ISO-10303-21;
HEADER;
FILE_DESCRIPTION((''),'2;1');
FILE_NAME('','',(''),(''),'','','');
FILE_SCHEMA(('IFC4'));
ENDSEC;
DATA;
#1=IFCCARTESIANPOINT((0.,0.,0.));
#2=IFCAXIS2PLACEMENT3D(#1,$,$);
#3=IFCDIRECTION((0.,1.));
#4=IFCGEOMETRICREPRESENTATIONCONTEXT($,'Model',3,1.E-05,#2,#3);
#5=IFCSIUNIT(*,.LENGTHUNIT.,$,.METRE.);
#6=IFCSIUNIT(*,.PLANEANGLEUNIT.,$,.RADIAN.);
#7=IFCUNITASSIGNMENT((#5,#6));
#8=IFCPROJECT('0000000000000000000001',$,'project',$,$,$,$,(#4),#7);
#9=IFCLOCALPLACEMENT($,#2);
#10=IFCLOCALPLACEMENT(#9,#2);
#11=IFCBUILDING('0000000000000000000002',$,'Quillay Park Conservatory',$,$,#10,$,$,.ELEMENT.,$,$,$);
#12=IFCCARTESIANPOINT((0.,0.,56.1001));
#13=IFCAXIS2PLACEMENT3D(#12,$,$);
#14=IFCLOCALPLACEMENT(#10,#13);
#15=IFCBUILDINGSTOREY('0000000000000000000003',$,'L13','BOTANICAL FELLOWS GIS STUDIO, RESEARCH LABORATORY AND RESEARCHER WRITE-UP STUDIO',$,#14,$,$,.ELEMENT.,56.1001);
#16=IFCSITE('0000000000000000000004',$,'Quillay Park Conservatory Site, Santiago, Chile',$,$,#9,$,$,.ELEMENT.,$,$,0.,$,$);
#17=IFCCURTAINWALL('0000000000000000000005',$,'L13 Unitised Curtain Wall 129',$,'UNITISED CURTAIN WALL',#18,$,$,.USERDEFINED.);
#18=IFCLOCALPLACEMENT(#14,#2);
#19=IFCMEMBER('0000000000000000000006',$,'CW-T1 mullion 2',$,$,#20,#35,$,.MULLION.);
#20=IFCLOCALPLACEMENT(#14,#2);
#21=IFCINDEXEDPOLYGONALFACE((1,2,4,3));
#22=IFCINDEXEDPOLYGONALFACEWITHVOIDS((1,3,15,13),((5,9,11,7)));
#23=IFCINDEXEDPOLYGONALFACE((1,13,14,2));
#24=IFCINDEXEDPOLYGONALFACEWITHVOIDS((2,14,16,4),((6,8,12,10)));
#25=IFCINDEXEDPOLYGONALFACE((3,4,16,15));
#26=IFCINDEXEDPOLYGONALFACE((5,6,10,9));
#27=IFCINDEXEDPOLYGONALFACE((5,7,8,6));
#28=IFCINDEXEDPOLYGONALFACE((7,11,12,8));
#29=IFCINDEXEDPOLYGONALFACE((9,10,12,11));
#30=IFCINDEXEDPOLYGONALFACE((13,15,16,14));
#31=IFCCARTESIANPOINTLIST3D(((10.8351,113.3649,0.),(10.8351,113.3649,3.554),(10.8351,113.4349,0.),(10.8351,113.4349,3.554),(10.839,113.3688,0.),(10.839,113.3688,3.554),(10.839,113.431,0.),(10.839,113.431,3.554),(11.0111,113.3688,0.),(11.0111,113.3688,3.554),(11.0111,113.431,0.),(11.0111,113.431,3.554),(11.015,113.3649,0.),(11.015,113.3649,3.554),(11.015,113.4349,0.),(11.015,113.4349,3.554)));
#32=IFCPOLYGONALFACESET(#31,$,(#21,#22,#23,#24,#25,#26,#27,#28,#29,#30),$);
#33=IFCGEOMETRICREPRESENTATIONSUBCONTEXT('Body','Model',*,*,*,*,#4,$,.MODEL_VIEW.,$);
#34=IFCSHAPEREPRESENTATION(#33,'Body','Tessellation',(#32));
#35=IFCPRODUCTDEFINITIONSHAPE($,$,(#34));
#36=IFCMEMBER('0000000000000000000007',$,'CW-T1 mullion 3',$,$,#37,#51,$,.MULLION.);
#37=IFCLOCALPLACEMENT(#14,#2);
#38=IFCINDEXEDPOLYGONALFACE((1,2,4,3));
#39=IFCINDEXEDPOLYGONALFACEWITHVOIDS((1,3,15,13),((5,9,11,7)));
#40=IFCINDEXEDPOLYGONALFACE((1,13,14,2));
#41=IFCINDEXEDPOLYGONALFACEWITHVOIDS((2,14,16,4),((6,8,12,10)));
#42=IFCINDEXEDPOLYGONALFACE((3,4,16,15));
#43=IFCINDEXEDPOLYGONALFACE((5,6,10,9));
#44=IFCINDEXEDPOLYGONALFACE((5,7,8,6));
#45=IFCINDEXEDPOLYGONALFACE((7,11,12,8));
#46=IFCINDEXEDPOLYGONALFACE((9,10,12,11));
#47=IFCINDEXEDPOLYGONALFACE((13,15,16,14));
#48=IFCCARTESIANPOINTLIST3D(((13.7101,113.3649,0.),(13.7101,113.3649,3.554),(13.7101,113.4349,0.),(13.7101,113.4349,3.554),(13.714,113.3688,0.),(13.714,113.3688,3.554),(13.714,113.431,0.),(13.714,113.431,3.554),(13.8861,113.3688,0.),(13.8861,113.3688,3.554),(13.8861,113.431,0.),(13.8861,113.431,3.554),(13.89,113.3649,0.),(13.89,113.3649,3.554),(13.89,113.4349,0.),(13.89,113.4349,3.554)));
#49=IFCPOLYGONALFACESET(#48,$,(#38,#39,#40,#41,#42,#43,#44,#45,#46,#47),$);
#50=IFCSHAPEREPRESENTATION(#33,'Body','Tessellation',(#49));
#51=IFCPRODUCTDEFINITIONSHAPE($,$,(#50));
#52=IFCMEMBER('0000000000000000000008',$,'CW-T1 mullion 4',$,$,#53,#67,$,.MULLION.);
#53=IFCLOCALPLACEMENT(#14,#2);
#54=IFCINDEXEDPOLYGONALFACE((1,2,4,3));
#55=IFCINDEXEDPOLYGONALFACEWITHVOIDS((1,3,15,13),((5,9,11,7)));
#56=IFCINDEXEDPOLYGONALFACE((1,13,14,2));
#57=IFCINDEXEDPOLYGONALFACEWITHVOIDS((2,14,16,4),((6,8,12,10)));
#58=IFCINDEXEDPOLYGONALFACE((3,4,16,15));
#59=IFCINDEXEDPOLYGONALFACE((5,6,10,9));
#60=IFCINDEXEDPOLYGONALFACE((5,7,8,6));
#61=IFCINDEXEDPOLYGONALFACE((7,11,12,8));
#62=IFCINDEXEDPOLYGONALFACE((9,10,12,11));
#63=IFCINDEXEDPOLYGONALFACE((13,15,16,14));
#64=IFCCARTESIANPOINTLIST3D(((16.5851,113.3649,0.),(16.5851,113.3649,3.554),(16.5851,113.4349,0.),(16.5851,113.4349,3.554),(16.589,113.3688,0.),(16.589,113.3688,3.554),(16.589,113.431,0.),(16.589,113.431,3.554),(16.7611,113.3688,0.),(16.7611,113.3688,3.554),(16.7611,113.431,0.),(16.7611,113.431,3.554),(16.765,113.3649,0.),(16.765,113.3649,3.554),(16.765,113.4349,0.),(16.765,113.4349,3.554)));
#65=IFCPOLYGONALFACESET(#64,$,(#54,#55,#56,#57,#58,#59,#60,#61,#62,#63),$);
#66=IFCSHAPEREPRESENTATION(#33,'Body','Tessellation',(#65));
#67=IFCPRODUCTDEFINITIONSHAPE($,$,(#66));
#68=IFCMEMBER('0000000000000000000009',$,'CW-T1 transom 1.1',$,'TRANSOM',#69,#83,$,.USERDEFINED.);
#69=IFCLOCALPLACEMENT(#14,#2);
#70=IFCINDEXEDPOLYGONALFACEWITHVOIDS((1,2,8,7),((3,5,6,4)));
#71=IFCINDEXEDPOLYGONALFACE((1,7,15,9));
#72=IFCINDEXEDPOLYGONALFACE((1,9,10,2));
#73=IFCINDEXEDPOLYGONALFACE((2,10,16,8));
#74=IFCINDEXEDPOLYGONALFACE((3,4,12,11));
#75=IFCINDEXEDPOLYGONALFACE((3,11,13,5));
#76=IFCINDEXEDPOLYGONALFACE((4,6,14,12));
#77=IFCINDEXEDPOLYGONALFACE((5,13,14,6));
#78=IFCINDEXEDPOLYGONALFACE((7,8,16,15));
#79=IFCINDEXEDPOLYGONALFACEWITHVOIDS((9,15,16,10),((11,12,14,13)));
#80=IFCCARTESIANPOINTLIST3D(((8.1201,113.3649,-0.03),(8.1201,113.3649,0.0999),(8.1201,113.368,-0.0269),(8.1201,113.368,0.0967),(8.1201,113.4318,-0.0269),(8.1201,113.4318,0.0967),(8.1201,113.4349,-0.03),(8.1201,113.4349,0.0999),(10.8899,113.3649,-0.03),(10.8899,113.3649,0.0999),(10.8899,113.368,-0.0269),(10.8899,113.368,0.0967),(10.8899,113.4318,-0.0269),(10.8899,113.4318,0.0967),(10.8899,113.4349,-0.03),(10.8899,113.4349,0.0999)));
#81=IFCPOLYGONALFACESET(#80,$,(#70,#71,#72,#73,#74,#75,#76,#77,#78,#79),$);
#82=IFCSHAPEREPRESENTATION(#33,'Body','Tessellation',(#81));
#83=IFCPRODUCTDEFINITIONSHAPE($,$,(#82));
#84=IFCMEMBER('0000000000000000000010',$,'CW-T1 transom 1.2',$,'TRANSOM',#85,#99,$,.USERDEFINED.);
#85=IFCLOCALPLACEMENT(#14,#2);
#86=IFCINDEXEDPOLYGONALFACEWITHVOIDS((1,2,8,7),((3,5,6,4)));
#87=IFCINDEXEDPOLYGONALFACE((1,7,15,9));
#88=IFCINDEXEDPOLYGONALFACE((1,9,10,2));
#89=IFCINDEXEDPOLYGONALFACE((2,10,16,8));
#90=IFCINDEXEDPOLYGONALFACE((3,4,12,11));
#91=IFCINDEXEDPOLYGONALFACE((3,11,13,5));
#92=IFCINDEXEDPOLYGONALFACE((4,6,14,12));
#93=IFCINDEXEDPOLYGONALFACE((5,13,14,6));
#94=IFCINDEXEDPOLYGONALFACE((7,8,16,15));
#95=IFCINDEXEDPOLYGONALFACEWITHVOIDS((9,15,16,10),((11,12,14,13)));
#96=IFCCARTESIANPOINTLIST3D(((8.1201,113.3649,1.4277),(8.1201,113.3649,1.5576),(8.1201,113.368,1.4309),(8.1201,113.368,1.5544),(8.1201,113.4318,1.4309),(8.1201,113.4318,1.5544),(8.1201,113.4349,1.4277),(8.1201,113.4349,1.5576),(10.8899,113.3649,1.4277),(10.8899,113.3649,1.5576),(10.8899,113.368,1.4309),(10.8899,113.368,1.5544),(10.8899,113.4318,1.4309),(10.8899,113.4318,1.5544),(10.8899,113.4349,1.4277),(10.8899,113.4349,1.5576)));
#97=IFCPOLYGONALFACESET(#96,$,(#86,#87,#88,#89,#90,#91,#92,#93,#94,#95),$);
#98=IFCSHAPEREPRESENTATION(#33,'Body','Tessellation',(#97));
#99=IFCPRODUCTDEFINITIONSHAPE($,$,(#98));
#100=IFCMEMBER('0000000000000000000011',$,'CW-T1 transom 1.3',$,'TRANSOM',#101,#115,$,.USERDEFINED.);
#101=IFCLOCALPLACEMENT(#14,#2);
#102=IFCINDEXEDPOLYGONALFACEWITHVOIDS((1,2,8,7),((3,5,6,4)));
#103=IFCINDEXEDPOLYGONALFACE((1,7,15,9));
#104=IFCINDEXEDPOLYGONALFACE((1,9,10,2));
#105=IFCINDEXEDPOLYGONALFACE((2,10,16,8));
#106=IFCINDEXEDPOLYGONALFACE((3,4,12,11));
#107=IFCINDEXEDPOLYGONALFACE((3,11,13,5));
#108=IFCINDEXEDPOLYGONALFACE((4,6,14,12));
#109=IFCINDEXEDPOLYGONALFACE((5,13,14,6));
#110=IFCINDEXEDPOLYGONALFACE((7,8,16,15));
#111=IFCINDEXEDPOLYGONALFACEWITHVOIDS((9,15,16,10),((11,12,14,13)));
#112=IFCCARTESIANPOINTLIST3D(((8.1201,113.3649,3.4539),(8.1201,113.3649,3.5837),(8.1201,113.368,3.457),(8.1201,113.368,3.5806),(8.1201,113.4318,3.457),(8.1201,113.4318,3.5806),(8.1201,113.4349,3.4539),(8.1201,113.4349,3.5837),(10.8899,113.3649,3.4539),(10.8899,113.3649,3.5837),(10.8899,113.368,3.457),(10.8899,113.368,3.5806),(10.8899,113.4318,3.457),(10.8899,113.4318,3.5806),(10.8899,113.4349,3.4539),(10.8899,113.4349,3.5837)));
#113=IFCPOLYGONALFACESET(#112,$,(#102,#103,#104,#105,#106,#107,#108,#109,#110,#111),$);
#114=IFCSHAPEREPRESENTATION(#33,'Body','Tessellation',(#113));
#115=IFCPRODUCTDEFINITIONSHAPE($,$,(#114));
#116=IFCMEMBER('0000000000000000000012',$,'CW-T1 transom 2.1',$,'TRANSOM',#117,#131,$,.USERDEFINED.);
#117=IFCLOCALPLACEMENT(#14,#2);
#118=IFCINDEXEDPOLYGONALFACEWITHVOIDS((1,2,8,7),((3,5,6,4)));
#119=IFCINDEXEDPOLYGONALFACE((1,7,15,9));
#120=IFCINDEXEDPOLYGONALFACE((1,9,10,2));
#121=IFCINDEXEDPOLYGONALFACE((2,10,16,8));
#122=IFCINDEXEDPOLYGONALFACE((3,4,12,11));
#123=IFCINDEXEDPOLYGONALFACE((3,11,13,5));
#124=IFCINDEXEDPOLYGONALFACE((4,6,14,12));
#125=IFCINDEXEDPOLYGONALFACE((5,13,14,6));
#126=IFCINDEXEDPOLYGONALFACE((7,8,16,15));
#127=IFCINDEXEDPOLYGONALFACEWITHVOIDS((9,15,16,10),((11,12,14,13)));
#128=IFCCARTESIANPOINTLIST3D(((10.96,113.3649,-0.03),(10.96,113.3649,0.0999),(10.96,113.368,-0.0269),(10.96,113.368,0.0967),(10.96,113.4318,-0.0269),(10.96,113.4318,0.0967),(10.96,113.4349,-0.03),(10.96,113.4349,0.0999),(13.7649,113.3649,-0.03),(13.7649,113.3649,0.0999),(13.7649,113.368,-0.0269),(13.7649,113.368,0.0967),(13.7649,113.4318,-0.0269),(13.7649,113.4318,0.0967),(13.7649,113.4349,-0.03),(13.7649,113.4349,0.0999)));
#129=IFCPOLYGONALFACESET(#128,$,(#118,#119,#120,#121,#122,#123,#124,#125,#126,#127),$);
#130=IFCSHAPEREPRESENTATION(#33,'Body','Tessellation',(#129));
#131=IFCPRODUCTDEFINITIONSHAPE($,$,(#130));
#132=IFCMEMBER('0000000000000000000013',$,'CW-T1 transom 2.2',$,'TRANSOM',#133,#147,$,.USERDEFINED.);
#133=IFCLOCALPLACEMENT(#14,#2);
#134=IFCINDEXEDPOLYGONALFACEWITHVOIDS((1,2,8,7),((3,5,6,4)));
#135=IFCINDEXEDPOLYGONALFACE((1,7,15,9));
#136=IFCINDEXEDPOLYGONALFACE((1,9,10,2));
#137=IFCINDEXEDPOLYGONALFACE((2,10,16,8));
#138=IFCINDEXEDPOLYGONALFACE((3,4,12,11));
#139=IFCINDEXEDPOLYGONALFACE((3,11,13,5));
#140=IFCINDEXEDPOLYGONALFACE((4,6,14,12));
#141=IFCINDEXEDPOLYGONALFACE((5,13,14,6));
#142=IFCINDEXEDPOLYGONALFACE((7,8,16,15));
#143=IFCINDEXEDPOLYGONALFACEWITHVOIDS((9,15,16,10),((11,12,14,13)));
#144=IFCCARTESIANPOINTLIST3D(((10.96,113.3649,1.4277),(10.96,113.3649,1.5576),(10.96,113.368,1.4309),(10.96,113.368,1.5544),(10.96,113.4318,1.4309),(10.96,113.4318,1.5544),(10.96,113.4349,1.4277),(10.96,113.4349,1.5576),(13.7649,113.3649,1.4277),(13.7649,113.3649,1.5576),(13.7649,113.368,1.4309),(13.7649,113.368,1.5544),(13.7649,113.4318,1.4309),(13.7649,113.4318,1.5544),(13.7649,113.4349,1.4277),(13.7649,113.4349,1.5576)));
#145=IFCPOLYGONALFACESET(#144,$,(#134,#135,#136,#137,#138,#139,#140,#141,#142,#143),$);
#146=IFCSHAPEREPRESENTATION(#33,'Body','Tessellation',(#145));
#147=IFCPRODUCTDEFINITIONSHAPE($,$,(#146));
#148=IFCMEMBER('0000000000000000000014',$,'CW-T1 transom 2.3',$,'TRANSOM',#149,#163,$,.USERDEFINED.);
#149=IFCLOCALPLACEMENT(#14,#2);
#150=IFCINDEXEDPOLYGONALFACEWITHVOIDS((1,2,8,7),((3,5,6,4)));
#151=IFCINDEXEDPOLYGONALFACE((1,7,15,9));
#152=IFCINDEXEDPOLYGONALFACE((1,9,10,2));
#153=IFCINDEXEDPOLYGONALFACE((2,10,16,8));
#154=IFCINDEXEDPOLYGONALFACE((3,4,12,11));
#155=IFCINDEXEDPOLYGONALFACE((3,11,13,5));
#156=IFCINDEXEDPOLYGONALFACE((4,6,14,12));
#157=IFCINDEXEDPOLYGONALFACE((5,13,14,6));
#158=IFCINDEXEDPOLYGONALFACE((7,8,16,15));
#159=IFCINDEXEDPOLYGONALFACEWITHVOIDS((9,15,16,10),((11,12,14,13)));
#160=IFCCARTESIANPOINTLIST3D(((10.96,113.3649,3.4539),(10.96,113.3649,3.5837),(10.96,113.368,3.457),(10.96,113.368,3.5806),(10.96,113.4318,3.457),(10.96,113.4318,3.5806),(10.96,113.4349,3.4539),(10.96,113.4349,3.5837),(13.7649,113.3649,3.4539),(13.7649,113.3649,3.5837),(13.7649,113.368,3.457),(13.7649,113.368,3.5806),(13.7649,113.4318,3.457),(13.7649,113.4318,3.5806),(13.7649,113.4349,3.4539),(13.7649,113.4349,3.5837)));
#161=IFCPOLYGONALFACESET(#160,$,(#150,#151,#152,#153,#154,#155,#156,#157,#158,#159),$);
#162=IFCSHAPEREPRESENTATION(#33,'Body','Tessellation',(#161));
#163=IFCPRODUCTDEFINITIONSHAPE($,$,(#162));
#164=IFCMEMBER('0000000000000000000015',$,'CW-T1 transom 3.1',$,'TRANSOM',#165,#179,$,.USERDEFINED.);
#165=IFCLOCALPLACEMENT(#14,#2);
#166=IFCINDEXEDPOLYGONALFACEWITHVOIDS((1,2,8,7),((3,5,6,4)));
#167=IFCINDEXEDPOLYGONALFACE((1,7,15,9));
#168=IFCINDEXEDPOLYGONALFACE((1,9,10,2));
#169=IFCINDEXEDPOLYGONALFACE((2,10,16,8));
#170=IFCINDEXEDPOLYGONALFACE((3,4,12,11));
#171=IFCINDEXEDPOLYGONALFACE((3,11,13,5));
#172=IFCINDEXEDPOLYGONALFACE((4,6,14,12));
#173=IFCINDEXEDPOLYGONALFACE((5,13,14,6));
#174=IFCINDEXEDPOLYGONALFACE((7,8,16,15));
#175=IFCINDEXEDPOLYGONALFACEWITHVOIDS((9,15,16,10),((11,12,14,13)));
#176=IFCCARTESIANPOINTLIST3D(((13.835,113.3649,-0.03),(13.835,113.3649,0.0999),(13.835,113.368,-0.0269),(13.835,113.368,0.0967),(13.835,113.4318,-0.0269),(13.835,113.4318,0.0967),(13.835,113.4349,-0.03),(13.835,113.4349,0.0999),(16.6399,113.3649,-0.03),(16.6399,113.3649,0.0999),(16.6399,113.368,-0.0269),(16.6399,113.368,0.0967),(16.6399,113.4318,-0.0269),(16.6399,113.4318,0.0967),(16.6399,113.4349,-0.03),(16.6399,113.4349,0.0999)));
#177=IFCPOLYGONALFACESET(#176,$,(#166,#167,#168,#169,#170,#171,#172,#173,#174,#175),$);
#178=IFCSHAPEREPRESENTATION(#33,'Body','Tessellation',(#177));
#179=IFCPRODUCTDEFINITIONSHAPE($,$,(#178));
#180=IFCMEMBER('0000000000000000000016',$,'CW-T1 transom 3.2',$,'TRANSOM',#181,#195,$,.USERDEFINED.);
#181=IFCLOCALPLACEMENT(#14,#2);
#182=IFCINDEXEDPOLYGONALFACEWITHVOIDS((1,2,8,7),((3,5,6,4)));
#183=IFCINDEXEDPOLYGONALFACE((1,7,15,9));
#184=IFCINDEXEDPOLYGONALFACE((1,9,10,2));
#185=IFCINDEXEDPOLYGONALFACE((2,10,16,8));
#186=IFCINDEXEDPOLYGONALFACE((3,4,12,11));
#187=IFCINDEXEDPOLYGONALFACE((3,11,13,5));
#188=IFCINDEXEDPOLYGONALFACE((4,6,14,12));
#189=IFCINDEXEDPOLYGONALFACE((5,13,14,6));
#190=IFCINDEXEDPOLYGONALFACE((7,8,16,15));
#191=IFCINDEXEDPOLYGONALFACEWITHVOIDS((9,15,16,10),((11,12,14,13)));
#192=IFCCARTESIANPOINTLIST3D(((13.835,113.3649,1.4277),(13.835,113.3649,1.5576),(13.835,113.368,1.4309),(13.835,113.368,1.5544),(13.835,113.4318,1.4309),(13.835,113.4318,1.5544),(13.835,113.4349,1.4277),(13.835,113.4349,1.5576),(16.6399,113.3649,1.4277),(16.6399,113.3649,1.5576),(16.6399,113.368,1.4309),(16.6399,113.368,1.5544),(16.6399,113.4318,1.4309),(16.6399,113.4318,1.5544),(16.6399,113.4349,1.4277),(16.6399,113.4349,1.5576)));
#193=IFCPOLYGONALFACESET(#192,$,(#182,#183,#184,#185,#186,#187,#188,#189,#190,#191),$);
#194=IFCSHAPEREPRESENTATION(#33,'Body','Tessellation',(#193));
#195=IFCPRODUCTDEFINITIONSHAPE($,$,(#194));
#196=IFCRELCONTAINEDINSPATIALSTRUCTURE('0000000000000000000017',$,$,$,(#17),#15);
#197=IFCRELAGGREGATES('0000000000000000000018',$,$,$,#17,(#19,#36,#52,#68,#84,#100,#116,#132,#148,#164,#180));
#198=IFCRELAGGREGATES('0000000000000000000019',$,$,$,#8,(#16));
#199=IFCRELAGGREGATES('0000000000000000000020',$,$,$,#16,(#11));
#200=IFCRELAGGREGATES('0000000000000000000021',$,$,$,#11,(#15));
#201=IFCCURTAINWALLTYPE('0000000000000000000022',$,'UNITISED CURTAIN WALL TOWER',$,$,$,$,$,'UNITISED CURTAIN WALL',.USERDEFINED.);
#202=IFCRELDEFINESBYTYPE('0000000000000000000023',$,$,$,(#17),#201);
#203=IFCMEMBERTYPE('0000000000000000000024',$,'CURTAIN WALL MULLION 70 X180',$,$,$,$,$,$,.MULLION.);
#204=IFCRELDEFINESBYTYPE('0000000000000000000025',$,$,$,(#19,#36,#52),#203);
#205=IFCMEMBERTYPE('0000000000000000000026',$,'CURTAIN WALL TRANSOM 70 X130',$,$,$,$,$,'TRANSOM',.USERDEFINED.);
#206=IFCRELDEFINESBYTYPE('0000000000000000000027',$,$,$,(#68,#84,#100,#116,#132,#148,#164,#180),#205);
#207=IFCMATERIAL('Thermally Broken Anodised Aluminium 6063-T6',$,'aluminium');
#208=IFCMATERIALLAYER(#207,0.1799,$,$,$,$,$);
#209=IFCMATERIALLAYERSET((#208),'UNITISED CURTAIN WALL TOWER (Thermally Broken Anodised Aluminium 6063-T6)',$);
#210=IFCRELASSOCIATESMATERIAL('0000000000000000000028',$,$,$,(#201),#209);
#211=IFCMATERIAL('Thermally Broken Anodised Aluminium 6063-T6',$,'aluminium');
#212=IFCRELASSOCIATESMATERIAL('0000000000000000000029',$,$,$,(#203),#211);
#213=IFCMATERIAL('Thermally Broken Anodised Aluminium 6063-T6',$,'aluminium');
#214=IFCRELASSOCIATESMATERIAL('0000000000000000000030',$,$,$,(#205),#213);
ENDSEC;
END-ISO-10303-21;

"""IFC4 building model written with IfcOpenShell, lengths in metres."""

from ifc_helpers import new_model, si_unit, direction, frame, origin, origin_2d, place, context, subcontext, project, spatial, hollow_rectangle, extrude, material, layer, layer_set, material_profile, profile_set, type_object, element, aggregate, save


model = new_model("IFC4")

# Units and contexts
model_context = context("Model", 3, precision=1e-05, world=origin(), true_north=direction((0.0, 1.0)))
body_context = subcontext(model_context, "Body", "Model", "MODEL_VIEW")
ifc_project = project(units=[si_unit("LENGTHUNIT", "METRE"), si_unit("PLANEANGLEUNIT", "RADIAN")], contexts=[model_context])

# Site, building, storey
site_placement = place(None, origin())
site = spatial("IfcSite", under=ifc_project, at=site_placement, Name="Quillay Park Conservatory Site, Santiago, Chile", CompositionType="ELEMENT", RefElevation=0.0)
building_placement = place(site_placement, origin())
building = spatial("IfcBuilding", under=site, at=building_placement, Name="Quillay Park Conservatory", CompositionType="ELEMENT")
storey_placement = place(building_placement, frame((0.0, 0.0, 56.1001)))
storey = spatial("IfcBuildingStorey", under=building, at=storey_placement, Name="L13", Description="BOTANICAL FELLOWS GIS STUDIO, RESEARCH LABORATORY AND RESEARCHER WRITE-UP STUDIO", CompositionType="ELEMENT", Elevation=56.1001)

# Curtain wall, members
ifc_material_1 = material(Name="Thermally Broken Anodised Aluminium 6063-T6", Category="aluminium")
ifc_layer_1 = layer(ifc_material_1, 0.1799)
ifc_layer_set_1 = layer_set([ifc_layer_1], Name="UNITISED CURTAIN WALL TOWER (Thermally Broken Anodised Aluminium 6063-T6)")
curtain_wall_type = type_object("IfcCurtainWallType", Name="UNITISED CURTAIN WALL TOWER", ElementType="UNITISED CURTAIN WALL", PredefinedType="USERDEFINED", material=ifc_layer_set_1)
curtain_wall_placement = place(storey_placement, origin())
curtain_wall = element("IfcCurtainWall", 1, at=curtain_wall_placement, inside=storey, type_object=curtain_wall_type, Name="L13 Unitised Curtain Wall 129", ObjectType="UNITISED CURTAIN WALL", PredefinedType="USERDEFINED")
ifc_material_2 = material(Name="Thermally Broken Anodised Aluminium 6063-T6", Category="aluminium")
ifc_material_profile_1 = material_profile(ifc_material_2, hollow_rectangle(XDim=0.0701, YDim=0.1799, WallThickness=0.0039, at=origin_2d()), Name="AL70x180x4")
ifc_profile_set_1 = profile_set([ifc_material_profile_1], Name="Thermally Broken Anodised Aluminium 6063-T6")
member_type_1 = type_object("IfcMemberType", Name="CURTAIN WALL MULLION 70 X180", PredefinedType="MULLION", material=ifc_profile_set_1)
member_1_placement = place(storey_placement, frame((10.925, 113.3999, 0.0), z_axis=(0.0, 0.0, 1.0), x_axis=(0.0, 1.0, 0.0)))
member_1 = element("IfcMember", 2, at=member_1_placement, type_object=member_type_1, Name="CW-T1 mullion 2", PredefinedType="MULLION", context=body_context, shape_type="SweptSolid", body=[
    extrude(hollow_rectangle(XDim=0.0701, YDim=0.1799, WallThickness=0.0039, at=origin_2d()), origin(), (0.0, 0.0, 1.0), 3.554),
])
member_2_placement = place(storey_placement, frame((13.8, 113.3999, 0.0), z_axis=(0.0, 0.0, 1.0), x_axis=(0.0, 1.0, 0.0)))
member_2 = element("IfcMember", 3, at=member_2_placement, type_object=member_type_1, Name="CW-T1 mullion 3", PredefinedType="MULLION", context=body_context, shape_type="SweptSolid", body=[
    extrude(hollow_rectangle(XDim=0.0701, YDim=0.1799, WallThickness=0.0039, at=origin_2d()), origin(), (0.0, 0.0, 1.0), 3.554),
])
member_3_placement = place(storey_placement, frame((16.675, 113.3999, 0.0), z_axis=(0.0, 0.0, 1.0), x_axis=(0.0, 1.0, 0.0)))
member_3 = element("IfcMember", 4, at=member_3_placement, type_object=member_type_1, Name="CW-T1 mullion 4", PredefinedType="MULLION", context=body_context, shape_type="SweptSolid", body=[
    extrude(hollow_rectangle(XDim=0.0701, YDim=0.1799, WallThickness=0.0039, at=origin_2d()), origin(), (0.0, 0.0, 1.0), 3.554),
])
ifc_material_3 = material(Name="Thermally Broken Anodised Aluminium 6063-T6", Category="aluminium")
ifc_material_profile_2 = material_profile(ifc_material_3, hollow_rectangle(XDim=0.0701, YDim=0.1299, WallThickness=0.0032, at=origin_2d()), Name="AL70x130x3.2")
ifc_profile_set_2 = profile_set([ifc_material_profile_2], Name="Thermally Broken Anodised Aluminium 6063-T6")
member_type_2 = type_object("IfcMemberType", Name="CURTAIN WALL TRANSOM 70 X130", ElementType="TRANSOM", PredefinedType="USERDEFINED", material=ifc_profile_set_2)
member_4_placement = place(storey_placement, frame((8.1201, 113.3999, 0.0349), z_axis=(1.0, 0.0, 0.0), x_axis=(0.0, 1.0, 0.0)))
member_4 = element("IfcMember", 5, at=member_4_placement, type_object=member_type_2, Name="CW-T1 transom 1.1", ObjectType="TRANSOM", PredefinedType="USERDEFINED", context=body_context, shape_type="SweptSolid", body=[
    extrude(hollow_rectangle(XDim=0.0701, YDim=0.1299, WallThickness=0.0032, at=origin_2d()), origin(), (0.0, 0.0, 1.0), 2.7698),
])
member_5_placement = place(storey_placement, frame((8.1201, 113.3999, 1.4927), z_axis=(1.0, 0.0, 0.0), x_axis=(0.0, 1.0, 0.0)))
member_5 = element("IfcMember", 6, at=member_5_placement, type_object=member_type_2, Name="CW-T1 transom 1.2", ObjectType="TRANSOM", PredefinedType="USERDEFINED", context=body_context, shape_type="SweptSolid", body=[
    extrude(hollow_rectangle(XDim=0.0701, YDim=0.1299, WallThickness=0.0032, at=origin_2d()), origin(), (0.0, 0.0, 1.0), 2.7698),
])
member_6_placement = place(storey_placement, frame((8.1201, 113.3999, 3.5188), z_axis=(1.0, 0.0, 0.0), x_axis=(0.0, 1.0, 0.0)))
member_6 = element("IfcMember", 7, at=member_6_placement, type_object=member_type_2, Name="CW-T1 transom 1.3", ObjectType="TRANSOM", PredefinedType="USERDEFINED", context=body_context, shape_type="SweptSolid", body=[
    extrude(hollow_rectangle(XDim=0.0701, YDim=0.1299, WallThickness=0.0032, at=origin_2d()), origin(), (0.0, 0.0, 1.0), 2.7698),
])
member_7_placement = place(storey_placement, frame((10.96, 113.3999, 0.0349), z_axis=(1.0, 0.0, 0.0), x_axis=(0.0, 1.0, 0.0)))
member_7 = element("IfcMember", 8, at=member_7_placement, type_object=member_type_2, Name="CW-T1 transom 2.1", ObjectType="TRANSOM", PredefinedType="USERDEFINED", context=body_context, shape_type="SweptSolid", body=[
    extrude(hollow_rectangle(XDim=0.0701, YDim=0.1299, WallThickness=0.0032, at=origin_2d()), origin(), (0.0, 0.0, 1.0), 2.8049),
])
member_8_placement = place(storey_placement, frame((10.96, 113.3999, 1.4927), z_axis=(1.0, 0.0, 0.0), x_axis=(0.0, 1.0, 0.0)))
member_8 = element("IfcMember", 9, at=member_8_placement, type_object=member_type_2, Name="CW-T1 transom 2.2", ObjectType="TRANSOM", PredefinedType="USERDEFINED", context=body_context, shape_type="SweptSolid", body=[
    extrude(hollow_rectangle(XDim=0.0701, YDim=0.1299, WallThickness=0.0032, at=origin_2d()), origin(), (0.0, 0.0, 1.0), 2.8049),
])
member_9_placement = place(storey_placement, frame((10.96, 113.3999, 3.5188), z_axis=(1.0, 0.0, 0.0), x_axis=(0.0, 1.0, 0.0)))
member_9 = element("IfcMember", 10, at=member_9_placement, type_object=member_type_2, Name="CW-T1 transom 2.3", ObjectType="TRANSOM", PredefinedType="USERDEFINED", context=body_context, shape_type="SweptSolid", body=[
    extrude(hollow_rectangle(XDim=0.0701, YDim=0.1299, WallThickness=0.0032, at=origin_2d()), origin(), (0.0, 0.0, 1.0), 2.8049),
])
member_10_placement = place(storey_placement, frame((13.835, 113.3999, 0.0349), z_axis=(1.0, 0.0, 0.0), x_axis=(0.0, 1.0, 0.0)))
member_10 = element("IfcMember", 11, at=member_10_placement, type_object=member_type_2, Name="CW-T1 transom 3.1", ObjectType="TRANSOM", PredefinedType="USERDEFINED", context=body_context, shape_type="SweptSolid", body=[
    extrude(hollow_rectangle(XDim=0.0701, YDim=0.1299, WallThickness=0.0032, at=origin_2d()), origin(), (0.0, 0.0, 1.0), 2.8049),
])
member_11_placement = place(storey_placement, frame((13.835, 113.3999, 1.4927), z_axis=(1.0, 0.0, 0.0), x_axis=(0.0, 1.0, 0.0)))
member_11 = element("IfcMember", 12, at=member_11_placement, type_object=member_type_2, Name="CW-T1 transom 3.2", ObjectType="TRANSOM", PredefinedType="USERDEFINED", context=body_context, shape_type="SweptSolid", body=[
    extrude(hollow_rectangle(XDim=0.0701, YDim=0.1299, WallThickness=0.0032, at=origin_2d()), origin(), (0.0, 0.0, 1.0), 2.8049),
])
aggregate(curtain_wall, [member_1, member_2, member_3, member_4, member_5, member_6, member_7, member_8, member_9, member_10, member_11])

save(model, "model.ifc")
